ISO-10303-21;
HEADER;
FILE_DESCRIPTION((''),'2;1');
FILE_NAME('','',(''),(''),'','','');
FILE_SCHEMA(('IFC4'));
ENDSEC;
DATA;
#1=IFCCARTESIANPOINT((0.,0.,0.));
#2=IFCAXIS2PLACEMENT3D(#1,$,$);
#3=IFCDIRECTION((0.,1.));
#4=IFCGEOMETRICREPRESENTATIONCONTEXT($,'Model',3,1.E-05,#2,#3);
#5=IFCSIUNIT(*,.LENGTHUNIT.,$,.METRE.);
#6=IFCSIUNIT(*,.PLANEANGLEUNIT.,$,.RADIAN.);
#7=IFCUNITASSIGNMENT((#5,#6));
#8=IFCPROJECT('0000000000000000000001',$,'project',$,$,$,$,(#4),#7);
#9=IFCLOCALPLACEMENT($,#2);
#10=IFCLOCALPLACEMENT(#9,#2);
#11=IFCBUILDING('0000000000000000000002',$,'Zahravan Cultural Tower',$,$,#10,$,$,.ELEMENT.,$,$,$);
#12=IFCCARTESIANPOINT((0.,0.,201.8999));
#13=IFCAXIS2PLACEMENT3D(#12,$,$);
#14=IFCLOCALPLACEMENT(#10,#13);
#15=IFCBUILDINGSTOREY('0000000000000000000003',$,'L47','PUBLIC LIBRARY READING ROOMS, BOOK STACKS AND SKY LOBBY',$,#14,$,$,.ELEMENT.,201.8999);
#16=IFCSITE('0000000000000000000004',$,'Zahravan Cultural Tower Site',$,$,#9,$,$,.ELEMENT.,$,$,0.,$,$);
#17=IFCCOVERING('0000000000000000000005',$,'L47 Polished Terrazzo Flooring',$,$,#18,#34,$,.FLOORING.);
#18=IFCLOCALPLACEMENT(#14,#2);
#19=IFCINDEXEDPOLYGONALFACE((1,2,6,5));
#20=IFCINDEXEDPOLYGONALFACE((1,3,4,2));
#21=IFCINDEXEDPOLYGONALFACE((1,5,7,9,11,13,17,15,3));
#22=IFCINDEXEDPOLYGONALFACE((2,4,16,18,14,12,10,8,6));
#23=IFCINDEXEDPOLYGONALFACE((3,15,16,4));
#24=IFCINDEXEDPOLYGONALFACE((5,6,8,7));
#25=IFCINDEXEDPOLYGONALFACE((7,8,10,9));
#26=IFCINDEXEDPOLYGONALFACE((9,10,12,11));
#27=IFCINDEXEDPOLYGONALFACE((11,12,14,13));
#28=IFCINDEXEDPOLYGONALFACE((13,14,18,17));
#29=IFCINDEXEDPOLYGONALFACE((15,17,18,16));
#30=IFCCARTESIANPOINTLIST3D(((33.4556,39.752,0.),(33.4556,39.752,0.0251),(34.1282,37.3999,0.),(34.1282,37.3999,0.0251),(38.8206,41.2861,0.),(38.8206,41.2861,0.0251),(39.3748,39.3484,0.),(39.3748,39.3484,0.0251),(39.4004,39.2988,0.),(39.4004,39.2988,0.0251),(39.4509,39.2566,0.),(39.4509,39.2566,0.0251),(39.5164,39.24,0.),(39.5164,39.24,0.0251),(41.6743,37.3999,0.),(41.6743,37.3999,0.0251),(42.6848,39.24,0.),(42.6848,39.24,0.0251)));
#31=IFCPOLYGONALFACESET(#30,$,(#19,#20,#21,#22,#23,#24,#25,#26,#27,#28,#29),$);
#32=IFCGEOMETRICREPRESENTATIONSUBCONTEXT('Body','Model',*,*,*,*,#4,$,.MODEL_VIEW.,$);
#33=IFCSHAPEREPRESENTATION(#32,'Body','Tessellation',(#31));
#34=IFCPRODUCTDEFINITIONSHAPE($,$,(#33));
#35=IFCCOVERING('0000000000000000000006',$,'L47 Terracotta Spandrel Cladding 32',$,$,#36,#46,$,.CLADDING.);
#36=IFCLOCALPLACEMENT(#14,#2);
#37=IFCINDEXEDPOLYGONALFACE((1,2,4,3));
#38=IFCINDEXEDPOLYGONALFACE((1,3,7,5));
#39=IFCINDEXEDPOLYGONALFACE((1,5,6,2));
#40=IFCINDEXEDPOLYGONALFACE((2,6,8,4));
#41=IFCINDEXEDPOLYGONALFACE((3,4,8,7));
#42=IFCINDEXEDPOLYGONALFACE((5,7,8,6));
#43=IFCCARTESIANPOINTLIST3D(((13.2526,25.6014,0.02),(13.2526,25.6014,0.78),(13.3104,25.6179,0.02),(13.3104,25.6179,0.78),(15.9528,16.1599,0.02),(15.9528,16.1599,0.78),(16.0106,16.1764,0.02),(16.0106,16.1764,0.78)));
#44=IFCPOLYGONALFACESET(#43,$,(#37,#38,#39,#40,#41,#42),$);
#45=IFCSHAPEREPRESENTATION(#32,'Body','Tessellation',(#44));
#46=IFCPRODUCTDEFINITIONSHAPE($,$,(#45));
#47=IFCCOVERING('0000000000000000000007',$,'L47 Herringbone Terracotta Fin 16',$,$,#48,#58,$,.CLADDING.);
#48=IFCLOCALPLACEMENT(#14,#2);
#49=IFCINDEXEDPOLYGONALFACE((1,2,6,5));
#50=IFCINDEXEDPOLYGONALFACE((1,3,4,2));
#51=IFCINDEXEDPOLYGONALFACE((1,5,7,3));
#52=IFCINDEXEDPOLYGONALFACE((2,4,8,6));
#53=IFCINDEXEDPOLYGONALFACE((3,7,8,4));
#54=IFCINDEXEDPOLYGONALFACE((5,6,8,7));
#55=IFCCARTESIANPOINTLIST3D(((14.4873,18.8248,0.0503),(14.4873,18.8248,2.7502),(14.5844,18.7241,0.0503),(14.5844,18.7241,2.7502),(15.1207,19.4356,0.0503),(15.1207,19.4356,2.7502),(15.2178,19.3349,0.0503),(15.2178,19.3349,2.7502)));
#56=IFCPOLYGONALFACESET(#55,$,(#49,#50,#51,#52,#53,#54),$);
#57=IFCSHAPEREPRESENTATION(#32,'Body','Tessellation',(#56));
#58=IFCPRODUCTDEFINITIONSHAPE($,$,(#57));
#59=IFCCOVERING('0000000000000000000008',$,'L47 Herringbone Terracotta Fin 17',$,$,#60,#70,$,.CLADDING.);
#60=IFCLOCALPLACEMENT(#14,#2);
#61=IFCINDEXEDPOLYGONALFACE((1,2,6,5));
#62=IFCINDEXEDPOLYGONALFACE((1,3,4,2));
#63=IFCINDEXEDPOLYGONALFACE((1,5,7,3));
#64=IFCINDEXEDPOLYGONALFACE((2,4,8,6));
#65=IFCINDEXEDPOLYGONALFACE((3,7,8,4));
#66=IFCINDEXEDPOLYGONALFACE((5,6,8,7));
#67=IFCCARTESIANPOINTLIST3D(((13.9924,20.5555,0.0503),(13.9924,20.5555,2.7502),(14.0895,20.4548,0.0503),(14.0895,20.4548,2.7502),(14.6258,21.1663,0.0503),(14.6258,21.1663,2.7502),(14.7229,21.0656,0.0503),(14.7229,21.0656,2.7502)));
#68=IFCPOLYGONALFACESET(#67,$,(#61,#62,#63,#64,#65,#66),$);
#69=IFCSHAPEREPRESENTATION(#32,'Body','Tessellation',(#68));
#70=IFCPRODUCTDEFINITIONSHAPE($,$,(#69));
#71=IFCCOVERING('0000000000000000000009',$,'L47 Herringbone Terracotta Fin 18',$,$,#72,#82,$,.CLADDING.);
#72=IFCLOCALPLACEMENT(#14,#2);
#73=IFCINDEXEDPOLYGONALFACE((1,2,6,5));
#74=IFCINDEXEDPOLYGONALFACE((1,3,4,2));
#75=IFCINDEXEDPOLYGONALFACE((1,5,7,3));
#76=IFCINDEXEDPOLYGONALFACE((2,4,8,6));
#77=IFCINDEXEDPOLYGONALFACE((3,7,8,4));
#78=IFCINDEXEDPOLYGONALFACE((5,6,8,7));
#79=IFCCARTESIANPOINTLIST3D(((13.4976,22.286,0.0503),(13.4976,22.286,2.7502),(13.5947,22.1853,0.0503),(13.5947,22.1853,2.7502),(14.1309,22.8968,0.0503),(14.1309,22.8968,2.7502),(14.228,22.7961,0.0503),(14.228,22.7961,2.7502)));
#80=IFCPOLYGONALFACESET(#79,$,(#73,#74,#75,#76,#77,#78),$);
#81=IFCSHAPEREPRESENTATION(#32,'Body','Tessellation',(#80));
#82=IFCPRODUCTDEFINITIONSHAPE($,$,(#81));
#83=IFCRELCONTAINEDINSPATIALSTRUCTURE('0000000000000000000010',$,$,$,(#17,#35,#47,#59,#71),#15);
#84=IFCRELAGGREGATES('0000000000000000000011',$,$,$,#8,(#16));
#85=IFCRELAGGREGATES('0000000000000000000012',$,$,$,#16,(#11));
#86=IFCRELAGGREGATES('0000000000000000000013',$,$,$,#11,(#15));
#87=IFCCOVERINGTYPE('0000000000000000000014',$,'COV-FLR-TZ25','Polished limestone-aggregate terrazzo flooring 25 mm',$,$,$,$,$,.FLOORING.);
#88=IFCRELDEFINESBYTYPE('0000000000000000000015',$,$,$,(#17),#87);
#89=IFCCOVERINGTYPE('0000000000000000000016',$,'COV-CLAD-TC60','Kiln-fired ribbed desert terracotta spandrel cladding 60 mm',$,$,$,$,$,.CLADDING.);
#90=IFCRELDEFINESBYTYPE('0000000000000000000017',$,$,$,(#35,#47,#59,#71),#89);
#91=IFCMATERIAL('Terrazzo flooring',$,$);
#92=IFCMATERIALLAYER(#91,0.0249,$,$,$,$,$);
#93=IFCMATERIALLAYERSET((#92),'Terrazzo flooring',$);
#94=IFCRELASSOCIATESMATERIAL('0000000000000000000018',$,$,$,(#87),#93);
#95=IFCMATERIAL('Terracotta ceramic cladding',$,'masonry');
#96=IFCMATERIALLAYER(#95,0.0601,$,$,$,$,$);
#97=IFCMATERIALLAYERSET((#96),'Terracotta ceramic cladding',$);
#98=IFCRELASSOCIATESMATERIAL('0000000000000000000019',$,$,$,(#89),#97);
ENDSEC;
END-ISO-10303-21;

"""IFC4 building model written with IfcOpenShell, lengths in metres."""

from ifc_helpers import new_model, si_unit, direction, frame, origin, origin_2d, place, context, subcontext, project, spatial, polyline, rectangle, outline, extrude, source, transform, mapped, material, layer, layer_set, type_object, element, save


model = new_model("IFC4")

# Units and contexts
model_context = context("Model", 3, precision=1e-05, world=origin(), true_north=direction((0.0, 1.0)))
body_context = subcontext(model_context, "Body", "Model", "MODEL_VIEW")
ifc_project = project(units=[si_unit("LENGTHUNIT", "METRE"), si_unit("PLANEANGLEUNIT", "RADIAN")], contexts=[model_context])

# Site, building, storey
site_placement = place(None, origin())
site = spatial("IfcSite", under=ifc_project, at=site_placement, Name="Zahravan Cultural Tower Site", CompositionType="ELEMENT", RefElevation=0.0)
building_placement = place(site_placement, origin())
building = spatial("IfcBuilding", under=site, at=building_placement, Name="Zahravan Cultural Tower", CompositionType="ELEMENT")
storey_placement = place(building_placement, frame((0.0, 0.0, 201.8999)))
storey = spatial("IfcBuildingStorey", under=building, at=storey_placement, Name="L47", Description="PUBLIC LIBRARY READING ROOMS, BOOK STACKS AND SKY LOBBY", CompositionType="ELEMENT", Elevation=201.8999)

# Coverings
ifc_material_1 = material(Name="Terrazzo flooring")
ifc_layer_1 = layer(ifc_material_1, 0.0249)
ifc_layer_set_1 = layer_set([ifc_layer_1], Name="Terrazzo flooring")
covering_type_1 = type_object("IfcCoveringType", Name="COV-FLR-TZ25", Description="Polished limestone-aggregate terrazzo flooring 25 mm", PredefinedType="FLOORING", material=ifc_layer_set_1)
covering_1_placement = place(storey_placement, origin())
element("IfcCovering", 1, at=covering_1_placement, inside=storey, type_object=covering_type_1, Name="L47 Polished Terrazzo Flooring", PredefinedType="FLOORING", context=body_context, shape_type="SweptSolid", body=[
    extrude(outline(polyline([(42.6848, 39.24), (39.5164, 39.24), (39.4509, 39.2566), (39.4004, 39.2988), (39.3748, 39.3484), (38.8206, 41.2861), (33.4556, 39.752), (34.1282, 37.3999), (41.6743, 37.3999), (42.6848, 39.24)])), origin(), (0.0, 0.0, 1.0), 0.0251),
])
ifc_material_2 = material(Name="Terracotta ceramic cladding", Category="masonry")
ifc_layer_2 = layer(ifc_material_2, 0.0601)
ifc_layer_set_2 = layer_set([ifc_layer_2], Name="Terracotta ceramic cladding")
covering_type_2 = type_object("IfcCoveringType", Name="COV-CLAD-TC60", Description="Kiln-fired ribbed desert terracotta spandrel cladding 60 mm", PredefinedType="CLADDING", material=ifc_layer_set_2)
shared_shape_1 = source(origin(), body_context, "Body", "SweptSolid", [
    extrude(rectangle(XDim=9.8201, YDim=0.0601, at=origin_2d()), origin(), (0.0, 0.0, 1.0), 0.76),
])
covering_2_placement = place(storey_placement, frame((14.6316, 20.8889, 0.02), z_axis=(0.0, 0.0, 1.0), x_axis=(-0.274966, 0.961454, 0.0)))
element("IfcCovering", 2, at=covering_2_placement, inside=storey, type_object=covering_type_2, Name="L47 Terracotta Spandrel Cladding 32", PredefinedType="CLADDING", context=body_context, shape_type="MappedRepresentation", body=[
    mapped(shared_shape_1, transform((0.0, 0.0, 0.0), x_axis=(1.0, 0.0, 0.0), y_axis=(0.0, 1.0, 0.0), z_axis=(0.0, 0.0, 1.0), scale=1.0)),
])
shared_shape_2 = source(origin(), body_context, "Body", "SweptSolid", [
    extrude(rectangle(XDim=0.8799, YDim=0.1399, at=origin_2d()), origin(), (0.0, 0.0, 1.0), 2.7),
])
for number, where, z_axis, x_axis, name in (
    (3, (14.8525, 19.0798, 0.0503), (0.0, 0.0, 1.0), (-0.719825, -0.694156, 0.0), "L47 Herringbone Terracotta Fin 16"),
    (4, (14.3577, 20.8105, 0.0503), (0.0, 0.0, 1.0), (-0.719825, -0.694156, 0.0), "L47 Herringbone Terracotta Fin 17"),
    (5, (13.8628, 22.541, 0.0503), (0.0, 0.0, 1.0), (-0.719825, -0.694156, 0.0), "L47 Herringbone Terracotta Fin 18"),
):
    element("IfcCovering", number, at=place(storey_placement, frame(where, z_axis=z_axis, x_axis=x_axis)), inside=storey, type_object=covering_type_2, Name=name, PredefinedType="CLADDING", context=body_context, shape_type="MappedRepresentation", body=[
        mapped(shared_shape_2, transform((0.0, 0.0, 0.0), x_axis=(1.0, 0.0, 0.0), y_axis=(0.0, 1.0, 0.0), z_axis=(0.0, 0.0, 1.0), scale=1.0)),
    ])

save(model, "model.ifc")
